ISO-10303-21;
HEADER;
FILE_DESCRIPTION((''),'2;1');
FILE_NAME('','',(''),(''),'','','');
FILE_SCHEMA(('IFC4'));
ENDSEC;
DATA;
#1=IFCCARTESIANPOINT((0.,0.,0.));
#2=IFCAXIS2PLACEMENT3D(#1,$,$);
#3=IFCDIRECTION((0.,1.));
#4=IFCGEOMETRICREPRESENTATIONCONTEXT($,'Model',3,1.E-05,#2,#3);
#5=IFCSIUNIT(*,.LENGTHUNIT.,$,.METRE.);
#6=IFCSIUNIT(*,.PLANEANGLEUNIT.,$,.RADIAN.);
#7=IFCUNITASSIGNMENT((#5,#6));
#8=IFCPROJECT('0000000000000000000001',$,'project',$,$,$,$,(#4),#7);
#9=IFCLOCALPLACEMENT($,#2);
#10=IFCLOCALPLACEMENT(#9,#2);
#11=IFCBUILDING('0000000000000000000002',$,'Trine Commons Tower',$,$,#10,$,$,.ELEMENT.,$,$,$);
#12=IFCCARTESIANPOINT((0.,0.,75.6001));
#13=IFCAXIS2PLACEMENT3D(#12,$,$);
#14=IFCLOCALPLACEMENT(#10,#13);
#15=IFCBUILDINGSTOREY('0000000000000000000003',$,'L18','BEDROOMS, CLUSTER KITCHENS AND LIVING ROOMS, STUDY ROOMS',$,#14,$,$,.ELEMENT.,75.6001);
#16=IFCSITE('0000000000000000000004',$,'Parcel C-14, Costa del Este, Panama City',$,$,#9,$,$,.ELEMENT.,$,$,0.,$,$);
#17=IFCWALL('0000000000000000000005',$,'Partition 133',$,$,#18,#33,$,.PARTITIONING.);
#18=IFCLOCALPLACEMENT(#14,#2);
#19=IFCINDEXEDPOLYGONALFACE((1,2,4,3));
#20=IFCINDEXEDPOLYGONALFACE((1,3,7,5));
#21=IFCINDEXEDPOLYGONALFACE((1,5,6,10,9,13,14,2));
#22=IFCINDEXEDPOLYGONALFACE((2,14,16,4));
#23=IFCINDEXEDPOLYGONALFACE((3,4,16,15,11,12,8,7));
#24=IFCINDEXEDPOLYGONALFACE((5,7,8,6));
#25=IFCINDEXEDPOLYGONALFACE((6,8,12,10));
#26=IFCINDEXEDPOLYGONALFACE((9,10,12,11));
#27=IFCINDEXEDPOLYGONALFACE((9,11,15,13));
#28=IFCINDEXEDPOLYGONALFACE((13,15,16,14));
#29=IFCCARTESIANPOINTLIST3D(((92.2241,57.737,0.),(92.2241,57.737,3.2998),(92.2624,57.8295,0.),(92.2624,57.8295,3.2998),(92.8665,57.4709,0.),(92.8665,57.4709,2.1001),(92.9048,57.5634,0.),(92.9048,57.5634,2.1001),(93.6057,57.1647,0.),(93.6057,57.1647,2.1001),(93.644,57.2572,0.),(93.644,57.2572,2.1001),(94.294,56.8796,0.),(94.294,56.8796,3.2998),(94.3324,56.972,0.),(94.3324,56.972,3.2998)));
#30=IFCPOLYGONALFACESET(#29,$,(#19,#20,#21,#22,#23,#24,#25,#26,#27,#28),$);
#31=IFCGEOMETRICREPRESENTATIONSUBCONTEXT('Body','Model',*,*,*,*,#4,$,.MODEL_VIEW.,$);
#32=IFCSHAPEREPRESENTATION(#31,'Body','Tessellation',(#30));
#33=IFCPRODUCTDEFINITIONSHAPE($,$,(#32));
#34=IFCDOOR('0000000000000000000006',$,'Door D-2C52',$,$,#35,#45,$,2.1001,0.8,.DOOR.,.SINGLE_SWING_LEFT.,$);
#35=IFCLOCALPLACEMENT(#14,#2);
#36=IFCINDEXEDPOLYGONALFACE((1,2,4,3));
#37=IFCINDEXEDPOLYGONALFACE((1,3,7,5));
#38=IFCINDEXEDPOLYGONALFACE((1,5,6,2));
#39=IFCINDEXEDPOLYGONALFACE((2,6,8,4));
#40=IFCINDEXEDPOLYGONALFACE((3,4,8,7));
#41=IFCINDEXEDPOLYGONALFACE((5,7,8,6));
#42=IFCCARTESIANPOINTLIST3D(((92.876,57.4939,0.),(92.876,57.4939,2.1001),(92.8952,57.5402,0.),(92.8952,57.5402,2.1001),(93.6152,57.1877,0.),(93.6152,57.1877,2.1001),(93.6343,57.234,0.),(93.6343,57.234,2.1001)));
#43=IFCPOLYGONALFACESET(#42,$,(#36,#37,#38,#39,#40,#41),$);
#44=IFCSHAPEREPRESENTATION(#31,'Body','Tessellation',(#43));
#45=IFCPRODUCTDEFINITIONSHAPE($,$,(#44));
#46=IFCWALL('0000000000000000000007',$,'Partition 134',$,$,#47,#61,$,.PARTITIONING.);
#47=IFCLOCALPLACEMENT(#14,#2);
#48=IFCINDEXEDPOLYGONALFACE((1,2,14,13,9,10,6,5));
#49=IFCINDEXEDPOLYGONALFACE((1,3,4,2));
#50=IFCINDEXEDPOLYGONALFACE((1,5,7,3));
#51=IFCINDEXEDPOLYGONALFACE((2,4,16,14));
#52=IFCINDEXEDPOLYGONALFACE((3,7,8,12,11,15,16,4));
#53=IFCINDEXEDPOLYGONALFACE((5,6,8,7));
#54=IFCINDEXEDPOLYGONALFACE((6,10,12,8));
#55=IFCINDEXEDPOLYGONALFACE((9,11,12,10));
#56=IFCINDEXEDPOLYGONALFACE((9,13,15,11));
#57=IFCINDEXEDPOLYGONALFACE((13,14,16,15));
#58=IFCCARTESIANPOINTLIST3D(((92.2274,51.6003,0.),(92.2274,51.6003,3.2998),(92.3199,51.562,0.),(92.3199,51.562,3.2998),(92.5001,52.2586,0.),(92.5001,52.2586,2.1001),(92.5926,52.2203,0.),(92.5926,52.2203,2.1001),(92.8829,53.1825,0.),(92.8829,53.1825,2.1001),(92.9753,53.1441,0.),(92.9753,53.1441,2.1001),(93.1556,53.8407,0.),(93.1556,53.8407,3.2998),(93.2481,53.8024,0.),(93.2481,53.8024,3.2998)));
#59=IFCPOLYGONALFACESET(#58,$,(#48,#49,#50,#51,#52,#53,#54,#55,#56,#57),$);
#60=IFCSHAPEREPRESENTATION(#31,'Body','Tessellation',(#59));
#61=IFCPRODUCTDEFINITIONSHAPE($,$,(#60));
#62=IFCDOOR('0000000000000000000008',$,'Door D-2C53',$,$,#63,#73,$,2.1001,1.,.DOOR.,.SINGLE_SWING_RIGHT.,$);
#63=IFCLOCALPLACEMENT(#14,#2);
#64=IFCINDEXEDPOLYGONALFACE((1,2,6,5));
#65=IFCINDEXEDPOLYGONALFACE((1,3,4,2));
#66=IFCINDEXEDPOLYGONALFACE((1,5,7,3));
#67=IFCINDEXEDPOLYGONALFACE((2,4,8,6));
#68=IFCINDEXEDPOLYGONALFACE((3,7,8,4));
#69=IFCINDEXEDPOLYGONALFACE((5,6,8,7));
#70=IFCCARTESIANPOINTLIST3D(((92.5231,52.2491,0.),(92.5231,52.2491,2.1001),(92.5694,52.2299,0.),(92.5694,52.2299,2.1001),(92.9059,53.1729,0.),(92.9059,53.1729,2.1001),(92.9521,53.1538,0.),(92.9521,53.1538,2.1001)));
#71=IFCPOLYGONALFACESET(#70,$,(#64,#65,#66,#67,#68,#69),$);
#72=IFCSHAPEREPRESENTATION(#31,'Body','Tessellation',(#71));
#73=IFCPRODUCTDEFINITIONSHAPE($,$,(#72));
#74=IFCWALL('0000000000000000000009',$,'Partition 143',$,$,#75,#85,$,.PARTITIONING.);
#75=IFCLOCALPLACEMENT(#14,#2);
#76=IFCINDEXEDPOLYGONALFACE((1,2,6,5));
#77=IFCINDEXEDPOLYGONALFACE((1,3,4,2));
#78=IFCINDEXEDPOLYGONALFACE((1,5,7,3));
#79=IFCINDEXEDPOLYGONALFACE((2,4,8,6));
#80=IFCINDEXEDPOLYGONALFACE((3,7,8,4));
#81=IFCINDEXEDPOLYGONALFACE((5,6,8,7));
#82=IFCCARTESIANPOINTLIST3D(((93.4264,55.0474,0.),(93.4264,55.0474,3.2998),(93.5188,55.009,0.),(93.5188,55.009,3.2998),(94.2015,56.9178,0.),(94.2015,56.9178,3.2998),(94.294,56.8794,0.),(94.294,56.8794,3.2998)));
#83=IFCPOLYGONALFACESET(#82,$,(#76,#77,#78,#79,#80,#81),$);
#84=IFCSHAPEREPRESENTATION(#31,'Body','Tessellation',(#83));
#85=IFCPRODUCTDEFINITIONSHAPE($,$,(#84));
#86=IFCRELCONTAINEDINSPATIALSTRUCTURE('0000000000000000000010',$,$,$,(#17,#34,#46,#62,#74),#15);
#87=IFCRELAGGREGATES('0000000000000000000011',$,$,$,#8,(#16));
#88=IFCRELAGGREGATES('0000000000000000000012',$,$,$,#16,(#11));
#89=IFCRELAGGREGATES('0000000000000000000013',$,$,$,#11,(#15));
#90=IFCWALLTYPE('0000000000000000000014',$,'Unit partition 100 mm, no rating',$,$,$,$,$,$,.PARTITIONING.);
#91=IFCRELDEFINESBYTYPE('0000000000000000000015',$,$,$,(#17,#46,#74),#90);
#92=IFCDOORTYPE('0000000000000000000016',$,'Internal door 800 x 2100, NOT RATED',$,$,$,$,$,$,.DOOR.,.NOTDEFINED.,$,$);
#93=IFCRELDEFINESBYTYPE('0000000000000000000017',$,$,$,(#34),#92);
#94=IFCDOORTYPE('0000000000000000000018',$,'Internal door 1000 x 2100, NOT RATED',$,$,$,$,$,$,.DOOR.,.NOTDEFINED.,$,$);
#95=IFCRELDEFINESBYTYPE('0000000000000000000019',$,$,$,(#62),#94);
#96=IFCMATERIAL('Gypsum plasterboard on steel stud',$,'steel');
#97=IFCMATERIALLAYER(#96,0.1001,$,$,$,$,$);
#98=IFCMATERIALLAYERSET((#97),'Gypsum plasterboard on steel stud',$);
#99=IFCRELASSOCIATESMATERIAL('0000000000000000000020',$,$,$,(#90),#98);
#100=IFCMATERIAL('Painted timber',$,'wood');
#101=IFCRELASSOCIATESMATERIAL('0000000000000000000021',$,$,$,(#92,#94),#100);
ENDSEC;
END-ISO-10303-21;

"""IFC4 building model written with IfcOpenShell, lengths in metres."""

from ifc_helpers import new_model, si_unit, direction, frame, frame_2d, origin, place, context, subcontext, project, spatial, rectangle, extrude, material, layer, layer_set, type_object, element, fill, save


model = new_model("IFC4")

# Units and contexts
model_context = context("Model", 3, precision=1e-05, world=origin(), true_north=direction((0.0, 1.0)))
body_context = subcontext(model_context, "Body", "Model", "MODEL_VIEW")
ifc_project = project(units=[si_unit("LENGTHUNIT", "METRE"), si_unit("PLANEANGLEUNIT", "RADIAN")], contexts=[model_context])

# Site, building, storey
site_placement = place(None, origin())
site = spatial("IfcSite", under=ifc_project, at=site_placement, Name="Parcel C-14, Costa del Este, Panama City", CompositionType="ELEMENT", RefElevation=0.0)
building_placement = place(site_placement, origin())
building = spatial("IfcBuilding", under=site, at=building_placement, Name="Trine Commons Tower", CompositionType="ELEMENT")
storey_placement = place(building_placement, frame((0.0, 0.0, 75.6001)))
storey = spatial("IfcBuildingStorey", under=building, at=storey_placement, Name="L18", Description="BEDROOMS, CLUSTER KITCHENS AND LIVING ROOMS, STUDY ROOMS", CompositionType="ELEMENT", Elevation=75.6001)

# Shared definitions
ifc_material_1 = material(Name="Gypsum plasterboard on steel stud", Category="steel")

# Walls, openings, doors
ifc_layer_1 = layer(ifc_material_1, 0.1001)
ifc_layer_set_1 = layer_set([ifc_layer_1], Name="Gypsum plasterboard on steel stud")
wall_type_1 = type_object("IfcWallType", Name="Unit partition 100 mm, no rating", PredefinedType="PARTITIONING", material=ifc_layer_set_1)
wall_1_placement = place(storey_placement, frame((92.2434, 57.7832, 0.0), z_axis=(0.0, 0.0, 1.0), x_axis=(0.923868, -0.382711, 0.0)))
wall_1 = element("IfcWall", 1, at=wall_1_placement, inside=storey, type_object=wall_type_1, Name="Partition 133", PredefinedType="PARTITIONING", context=body_context, shape_type="SweptSolid", body=[
    extrude(rectangle(XDim=2.2405, YDim=0.1001, at=frame_2d((1.1201, 0.0))), origin(), (0.0, 0.0, 1.0), 3.2998),
])
opening_1_placement = place(wall_1_placement, frame((0.6953, 0.0, 0.0)))
opening_1 = element("IfcOpeningElement", 2, at=opening_1_placement, cuts=wall_1, PredefinedType="OPENING", context=body_context, shape_type="SweptSolid", body=[
    extrude(rectangle(XDim=0.8, YDim=2.1001, at=frame_2d((0.3999, 1.05))), frame((0.0, 0.0601, 0.0), z_axis=(0.0, -1.0, 0.0), x_axis=(1.0, 0.0, 0.0)), (0.0, 0.0, 1.0), 0.1201),
])
ifc_material_2 = material(Name="Painted timber", Category="wood")
door_type_1 = type_object("IfcDoorType", Name="Internal door 800 x 2100, NOT RATED", OperationType="NOTDEFINED", PredefinedType="DOOR", material=ifc_material_2)
door_1_placement = place(opening_1_placement, origin())
door_1 = element("IfcDoor", 3, at=door_1_placement, inside=storey, type_object=door_type_1, Name="Door D-2C52", OperationType="SINGLE_SWING_LEFT", OverallHeight=2.1001, OverallWidth=0.8, PredefinedType="DOOR", context=body_context, shape_type="SweptSolid", body=[
    extrude(rectangle(XDim=0.8, YDim=2.1001, at=frame_2d((0.3999, 1.05))), frame((0.0, 0.0249, 0.0), z_axis=(0.0, -1.0, 0.0), x_axis=(1.0, 0.0, 0.0)), (0.0, 0.0, 1.0), 0.05),
])
fill(opening_1, door_1)
wall_2_placement = place(storey_placement, frame((92.2737, 51.5813, 0.0), z_axis=(0.0, 0.0, 1.0), x_axis=(0.382749, 0.923852, 0.0)))
wall_2 = element("IfcWall", 4, at=wall_2_placement, inside=storey, type_object=wall_type_1, Name="Partition 134", PredefinedType="PARTITIONING", context=body_context, shape_type="SweptSolid", body=[
    extrude(rectangle(XDim=2.425, YDim=0.1001, at=frame_2d((1.2124, 0.0))), origin(), (0.0, 0.0, 1.0), 3.2998),
])
opening_2_placement = place(wall_2_placement, frame((0.7124, 0.0, 0.0)))
opening_2 = element("IfcOpeningElement", 5, at=opening_2_placement, cuts=wall_2, PredefinedType="OPENING", context=body_context, shape_type="SweptSolid", body=[
    extrude(rectangle(XDim=1.0, YDim=2.1001, at=frame_2d((0.5, 1.05))), frame((0.0, 0.0601, 0.0), z_axis=(0.0, -1.0, 0.0), x_axis=(1.0, 0.0, 0.0)), (0.0, 0.0, 1.0), 0.1201),
])
door_type_2 = type_object("IfcDoorType", Name="Internal door 1000 x 2100, NOT RATED", OperationType="NOTDEFINED", PredefinedType="DOOR", material=ifc_material_2)
door_2_placement = place(opening_2_placement, frame((1.0, 0.0, 0.0), z_axis=(0.0, 0.0, 1.0), x_axis=(-1.0, 0.0, 0.0)))
door_2 = element("IfcDoor", 6, at=door_2_placement, inside=storey, type_object=door_type_2, Name="Door D-2C53", OperationType="SINGLE_SWING_RIGHT", OverallHeight=2.1001, OverallWidth=1.0, PredefinedType="DOOR", context=body_context, shape_type="SweptSolid", body=[
    extrude(rectangle(XDim=1.0, YDim=2.1001, at=frame_2d((0.5, 1.05))), frame((0.0, 0.0249, 0.0), z_axis=(0.0, -1.0, 0.0), x_axis=(1.0, 0.0, 0.0)), (0.0, 0.0, 1.0), 0.05),
])
fill(opening_2, door_2)

# Wall
wall_3_placement = place(storey_placement, frame((93.4727, 55.0283, 0.0), z_axis=(0.0, 0.0, 1.0), x_axis=(0.382859, 0.923807, 0.0)))
element("IfcWall", 7, at=wall_3_placement, inside=storey, type_object=wall_type_1, Name="Partition 143", PredefinedType="PARTITIONING", context=body_context, shape_type="SweptSolid", body=[
    extrude(rectangle(XDim=2.0247, YDim=0.1001, at=frame_2d((1.0122, 0.0))), origin(), (0.0, 0.0, 1.0), 3.2998),
])

save(model, "model.ifc")
